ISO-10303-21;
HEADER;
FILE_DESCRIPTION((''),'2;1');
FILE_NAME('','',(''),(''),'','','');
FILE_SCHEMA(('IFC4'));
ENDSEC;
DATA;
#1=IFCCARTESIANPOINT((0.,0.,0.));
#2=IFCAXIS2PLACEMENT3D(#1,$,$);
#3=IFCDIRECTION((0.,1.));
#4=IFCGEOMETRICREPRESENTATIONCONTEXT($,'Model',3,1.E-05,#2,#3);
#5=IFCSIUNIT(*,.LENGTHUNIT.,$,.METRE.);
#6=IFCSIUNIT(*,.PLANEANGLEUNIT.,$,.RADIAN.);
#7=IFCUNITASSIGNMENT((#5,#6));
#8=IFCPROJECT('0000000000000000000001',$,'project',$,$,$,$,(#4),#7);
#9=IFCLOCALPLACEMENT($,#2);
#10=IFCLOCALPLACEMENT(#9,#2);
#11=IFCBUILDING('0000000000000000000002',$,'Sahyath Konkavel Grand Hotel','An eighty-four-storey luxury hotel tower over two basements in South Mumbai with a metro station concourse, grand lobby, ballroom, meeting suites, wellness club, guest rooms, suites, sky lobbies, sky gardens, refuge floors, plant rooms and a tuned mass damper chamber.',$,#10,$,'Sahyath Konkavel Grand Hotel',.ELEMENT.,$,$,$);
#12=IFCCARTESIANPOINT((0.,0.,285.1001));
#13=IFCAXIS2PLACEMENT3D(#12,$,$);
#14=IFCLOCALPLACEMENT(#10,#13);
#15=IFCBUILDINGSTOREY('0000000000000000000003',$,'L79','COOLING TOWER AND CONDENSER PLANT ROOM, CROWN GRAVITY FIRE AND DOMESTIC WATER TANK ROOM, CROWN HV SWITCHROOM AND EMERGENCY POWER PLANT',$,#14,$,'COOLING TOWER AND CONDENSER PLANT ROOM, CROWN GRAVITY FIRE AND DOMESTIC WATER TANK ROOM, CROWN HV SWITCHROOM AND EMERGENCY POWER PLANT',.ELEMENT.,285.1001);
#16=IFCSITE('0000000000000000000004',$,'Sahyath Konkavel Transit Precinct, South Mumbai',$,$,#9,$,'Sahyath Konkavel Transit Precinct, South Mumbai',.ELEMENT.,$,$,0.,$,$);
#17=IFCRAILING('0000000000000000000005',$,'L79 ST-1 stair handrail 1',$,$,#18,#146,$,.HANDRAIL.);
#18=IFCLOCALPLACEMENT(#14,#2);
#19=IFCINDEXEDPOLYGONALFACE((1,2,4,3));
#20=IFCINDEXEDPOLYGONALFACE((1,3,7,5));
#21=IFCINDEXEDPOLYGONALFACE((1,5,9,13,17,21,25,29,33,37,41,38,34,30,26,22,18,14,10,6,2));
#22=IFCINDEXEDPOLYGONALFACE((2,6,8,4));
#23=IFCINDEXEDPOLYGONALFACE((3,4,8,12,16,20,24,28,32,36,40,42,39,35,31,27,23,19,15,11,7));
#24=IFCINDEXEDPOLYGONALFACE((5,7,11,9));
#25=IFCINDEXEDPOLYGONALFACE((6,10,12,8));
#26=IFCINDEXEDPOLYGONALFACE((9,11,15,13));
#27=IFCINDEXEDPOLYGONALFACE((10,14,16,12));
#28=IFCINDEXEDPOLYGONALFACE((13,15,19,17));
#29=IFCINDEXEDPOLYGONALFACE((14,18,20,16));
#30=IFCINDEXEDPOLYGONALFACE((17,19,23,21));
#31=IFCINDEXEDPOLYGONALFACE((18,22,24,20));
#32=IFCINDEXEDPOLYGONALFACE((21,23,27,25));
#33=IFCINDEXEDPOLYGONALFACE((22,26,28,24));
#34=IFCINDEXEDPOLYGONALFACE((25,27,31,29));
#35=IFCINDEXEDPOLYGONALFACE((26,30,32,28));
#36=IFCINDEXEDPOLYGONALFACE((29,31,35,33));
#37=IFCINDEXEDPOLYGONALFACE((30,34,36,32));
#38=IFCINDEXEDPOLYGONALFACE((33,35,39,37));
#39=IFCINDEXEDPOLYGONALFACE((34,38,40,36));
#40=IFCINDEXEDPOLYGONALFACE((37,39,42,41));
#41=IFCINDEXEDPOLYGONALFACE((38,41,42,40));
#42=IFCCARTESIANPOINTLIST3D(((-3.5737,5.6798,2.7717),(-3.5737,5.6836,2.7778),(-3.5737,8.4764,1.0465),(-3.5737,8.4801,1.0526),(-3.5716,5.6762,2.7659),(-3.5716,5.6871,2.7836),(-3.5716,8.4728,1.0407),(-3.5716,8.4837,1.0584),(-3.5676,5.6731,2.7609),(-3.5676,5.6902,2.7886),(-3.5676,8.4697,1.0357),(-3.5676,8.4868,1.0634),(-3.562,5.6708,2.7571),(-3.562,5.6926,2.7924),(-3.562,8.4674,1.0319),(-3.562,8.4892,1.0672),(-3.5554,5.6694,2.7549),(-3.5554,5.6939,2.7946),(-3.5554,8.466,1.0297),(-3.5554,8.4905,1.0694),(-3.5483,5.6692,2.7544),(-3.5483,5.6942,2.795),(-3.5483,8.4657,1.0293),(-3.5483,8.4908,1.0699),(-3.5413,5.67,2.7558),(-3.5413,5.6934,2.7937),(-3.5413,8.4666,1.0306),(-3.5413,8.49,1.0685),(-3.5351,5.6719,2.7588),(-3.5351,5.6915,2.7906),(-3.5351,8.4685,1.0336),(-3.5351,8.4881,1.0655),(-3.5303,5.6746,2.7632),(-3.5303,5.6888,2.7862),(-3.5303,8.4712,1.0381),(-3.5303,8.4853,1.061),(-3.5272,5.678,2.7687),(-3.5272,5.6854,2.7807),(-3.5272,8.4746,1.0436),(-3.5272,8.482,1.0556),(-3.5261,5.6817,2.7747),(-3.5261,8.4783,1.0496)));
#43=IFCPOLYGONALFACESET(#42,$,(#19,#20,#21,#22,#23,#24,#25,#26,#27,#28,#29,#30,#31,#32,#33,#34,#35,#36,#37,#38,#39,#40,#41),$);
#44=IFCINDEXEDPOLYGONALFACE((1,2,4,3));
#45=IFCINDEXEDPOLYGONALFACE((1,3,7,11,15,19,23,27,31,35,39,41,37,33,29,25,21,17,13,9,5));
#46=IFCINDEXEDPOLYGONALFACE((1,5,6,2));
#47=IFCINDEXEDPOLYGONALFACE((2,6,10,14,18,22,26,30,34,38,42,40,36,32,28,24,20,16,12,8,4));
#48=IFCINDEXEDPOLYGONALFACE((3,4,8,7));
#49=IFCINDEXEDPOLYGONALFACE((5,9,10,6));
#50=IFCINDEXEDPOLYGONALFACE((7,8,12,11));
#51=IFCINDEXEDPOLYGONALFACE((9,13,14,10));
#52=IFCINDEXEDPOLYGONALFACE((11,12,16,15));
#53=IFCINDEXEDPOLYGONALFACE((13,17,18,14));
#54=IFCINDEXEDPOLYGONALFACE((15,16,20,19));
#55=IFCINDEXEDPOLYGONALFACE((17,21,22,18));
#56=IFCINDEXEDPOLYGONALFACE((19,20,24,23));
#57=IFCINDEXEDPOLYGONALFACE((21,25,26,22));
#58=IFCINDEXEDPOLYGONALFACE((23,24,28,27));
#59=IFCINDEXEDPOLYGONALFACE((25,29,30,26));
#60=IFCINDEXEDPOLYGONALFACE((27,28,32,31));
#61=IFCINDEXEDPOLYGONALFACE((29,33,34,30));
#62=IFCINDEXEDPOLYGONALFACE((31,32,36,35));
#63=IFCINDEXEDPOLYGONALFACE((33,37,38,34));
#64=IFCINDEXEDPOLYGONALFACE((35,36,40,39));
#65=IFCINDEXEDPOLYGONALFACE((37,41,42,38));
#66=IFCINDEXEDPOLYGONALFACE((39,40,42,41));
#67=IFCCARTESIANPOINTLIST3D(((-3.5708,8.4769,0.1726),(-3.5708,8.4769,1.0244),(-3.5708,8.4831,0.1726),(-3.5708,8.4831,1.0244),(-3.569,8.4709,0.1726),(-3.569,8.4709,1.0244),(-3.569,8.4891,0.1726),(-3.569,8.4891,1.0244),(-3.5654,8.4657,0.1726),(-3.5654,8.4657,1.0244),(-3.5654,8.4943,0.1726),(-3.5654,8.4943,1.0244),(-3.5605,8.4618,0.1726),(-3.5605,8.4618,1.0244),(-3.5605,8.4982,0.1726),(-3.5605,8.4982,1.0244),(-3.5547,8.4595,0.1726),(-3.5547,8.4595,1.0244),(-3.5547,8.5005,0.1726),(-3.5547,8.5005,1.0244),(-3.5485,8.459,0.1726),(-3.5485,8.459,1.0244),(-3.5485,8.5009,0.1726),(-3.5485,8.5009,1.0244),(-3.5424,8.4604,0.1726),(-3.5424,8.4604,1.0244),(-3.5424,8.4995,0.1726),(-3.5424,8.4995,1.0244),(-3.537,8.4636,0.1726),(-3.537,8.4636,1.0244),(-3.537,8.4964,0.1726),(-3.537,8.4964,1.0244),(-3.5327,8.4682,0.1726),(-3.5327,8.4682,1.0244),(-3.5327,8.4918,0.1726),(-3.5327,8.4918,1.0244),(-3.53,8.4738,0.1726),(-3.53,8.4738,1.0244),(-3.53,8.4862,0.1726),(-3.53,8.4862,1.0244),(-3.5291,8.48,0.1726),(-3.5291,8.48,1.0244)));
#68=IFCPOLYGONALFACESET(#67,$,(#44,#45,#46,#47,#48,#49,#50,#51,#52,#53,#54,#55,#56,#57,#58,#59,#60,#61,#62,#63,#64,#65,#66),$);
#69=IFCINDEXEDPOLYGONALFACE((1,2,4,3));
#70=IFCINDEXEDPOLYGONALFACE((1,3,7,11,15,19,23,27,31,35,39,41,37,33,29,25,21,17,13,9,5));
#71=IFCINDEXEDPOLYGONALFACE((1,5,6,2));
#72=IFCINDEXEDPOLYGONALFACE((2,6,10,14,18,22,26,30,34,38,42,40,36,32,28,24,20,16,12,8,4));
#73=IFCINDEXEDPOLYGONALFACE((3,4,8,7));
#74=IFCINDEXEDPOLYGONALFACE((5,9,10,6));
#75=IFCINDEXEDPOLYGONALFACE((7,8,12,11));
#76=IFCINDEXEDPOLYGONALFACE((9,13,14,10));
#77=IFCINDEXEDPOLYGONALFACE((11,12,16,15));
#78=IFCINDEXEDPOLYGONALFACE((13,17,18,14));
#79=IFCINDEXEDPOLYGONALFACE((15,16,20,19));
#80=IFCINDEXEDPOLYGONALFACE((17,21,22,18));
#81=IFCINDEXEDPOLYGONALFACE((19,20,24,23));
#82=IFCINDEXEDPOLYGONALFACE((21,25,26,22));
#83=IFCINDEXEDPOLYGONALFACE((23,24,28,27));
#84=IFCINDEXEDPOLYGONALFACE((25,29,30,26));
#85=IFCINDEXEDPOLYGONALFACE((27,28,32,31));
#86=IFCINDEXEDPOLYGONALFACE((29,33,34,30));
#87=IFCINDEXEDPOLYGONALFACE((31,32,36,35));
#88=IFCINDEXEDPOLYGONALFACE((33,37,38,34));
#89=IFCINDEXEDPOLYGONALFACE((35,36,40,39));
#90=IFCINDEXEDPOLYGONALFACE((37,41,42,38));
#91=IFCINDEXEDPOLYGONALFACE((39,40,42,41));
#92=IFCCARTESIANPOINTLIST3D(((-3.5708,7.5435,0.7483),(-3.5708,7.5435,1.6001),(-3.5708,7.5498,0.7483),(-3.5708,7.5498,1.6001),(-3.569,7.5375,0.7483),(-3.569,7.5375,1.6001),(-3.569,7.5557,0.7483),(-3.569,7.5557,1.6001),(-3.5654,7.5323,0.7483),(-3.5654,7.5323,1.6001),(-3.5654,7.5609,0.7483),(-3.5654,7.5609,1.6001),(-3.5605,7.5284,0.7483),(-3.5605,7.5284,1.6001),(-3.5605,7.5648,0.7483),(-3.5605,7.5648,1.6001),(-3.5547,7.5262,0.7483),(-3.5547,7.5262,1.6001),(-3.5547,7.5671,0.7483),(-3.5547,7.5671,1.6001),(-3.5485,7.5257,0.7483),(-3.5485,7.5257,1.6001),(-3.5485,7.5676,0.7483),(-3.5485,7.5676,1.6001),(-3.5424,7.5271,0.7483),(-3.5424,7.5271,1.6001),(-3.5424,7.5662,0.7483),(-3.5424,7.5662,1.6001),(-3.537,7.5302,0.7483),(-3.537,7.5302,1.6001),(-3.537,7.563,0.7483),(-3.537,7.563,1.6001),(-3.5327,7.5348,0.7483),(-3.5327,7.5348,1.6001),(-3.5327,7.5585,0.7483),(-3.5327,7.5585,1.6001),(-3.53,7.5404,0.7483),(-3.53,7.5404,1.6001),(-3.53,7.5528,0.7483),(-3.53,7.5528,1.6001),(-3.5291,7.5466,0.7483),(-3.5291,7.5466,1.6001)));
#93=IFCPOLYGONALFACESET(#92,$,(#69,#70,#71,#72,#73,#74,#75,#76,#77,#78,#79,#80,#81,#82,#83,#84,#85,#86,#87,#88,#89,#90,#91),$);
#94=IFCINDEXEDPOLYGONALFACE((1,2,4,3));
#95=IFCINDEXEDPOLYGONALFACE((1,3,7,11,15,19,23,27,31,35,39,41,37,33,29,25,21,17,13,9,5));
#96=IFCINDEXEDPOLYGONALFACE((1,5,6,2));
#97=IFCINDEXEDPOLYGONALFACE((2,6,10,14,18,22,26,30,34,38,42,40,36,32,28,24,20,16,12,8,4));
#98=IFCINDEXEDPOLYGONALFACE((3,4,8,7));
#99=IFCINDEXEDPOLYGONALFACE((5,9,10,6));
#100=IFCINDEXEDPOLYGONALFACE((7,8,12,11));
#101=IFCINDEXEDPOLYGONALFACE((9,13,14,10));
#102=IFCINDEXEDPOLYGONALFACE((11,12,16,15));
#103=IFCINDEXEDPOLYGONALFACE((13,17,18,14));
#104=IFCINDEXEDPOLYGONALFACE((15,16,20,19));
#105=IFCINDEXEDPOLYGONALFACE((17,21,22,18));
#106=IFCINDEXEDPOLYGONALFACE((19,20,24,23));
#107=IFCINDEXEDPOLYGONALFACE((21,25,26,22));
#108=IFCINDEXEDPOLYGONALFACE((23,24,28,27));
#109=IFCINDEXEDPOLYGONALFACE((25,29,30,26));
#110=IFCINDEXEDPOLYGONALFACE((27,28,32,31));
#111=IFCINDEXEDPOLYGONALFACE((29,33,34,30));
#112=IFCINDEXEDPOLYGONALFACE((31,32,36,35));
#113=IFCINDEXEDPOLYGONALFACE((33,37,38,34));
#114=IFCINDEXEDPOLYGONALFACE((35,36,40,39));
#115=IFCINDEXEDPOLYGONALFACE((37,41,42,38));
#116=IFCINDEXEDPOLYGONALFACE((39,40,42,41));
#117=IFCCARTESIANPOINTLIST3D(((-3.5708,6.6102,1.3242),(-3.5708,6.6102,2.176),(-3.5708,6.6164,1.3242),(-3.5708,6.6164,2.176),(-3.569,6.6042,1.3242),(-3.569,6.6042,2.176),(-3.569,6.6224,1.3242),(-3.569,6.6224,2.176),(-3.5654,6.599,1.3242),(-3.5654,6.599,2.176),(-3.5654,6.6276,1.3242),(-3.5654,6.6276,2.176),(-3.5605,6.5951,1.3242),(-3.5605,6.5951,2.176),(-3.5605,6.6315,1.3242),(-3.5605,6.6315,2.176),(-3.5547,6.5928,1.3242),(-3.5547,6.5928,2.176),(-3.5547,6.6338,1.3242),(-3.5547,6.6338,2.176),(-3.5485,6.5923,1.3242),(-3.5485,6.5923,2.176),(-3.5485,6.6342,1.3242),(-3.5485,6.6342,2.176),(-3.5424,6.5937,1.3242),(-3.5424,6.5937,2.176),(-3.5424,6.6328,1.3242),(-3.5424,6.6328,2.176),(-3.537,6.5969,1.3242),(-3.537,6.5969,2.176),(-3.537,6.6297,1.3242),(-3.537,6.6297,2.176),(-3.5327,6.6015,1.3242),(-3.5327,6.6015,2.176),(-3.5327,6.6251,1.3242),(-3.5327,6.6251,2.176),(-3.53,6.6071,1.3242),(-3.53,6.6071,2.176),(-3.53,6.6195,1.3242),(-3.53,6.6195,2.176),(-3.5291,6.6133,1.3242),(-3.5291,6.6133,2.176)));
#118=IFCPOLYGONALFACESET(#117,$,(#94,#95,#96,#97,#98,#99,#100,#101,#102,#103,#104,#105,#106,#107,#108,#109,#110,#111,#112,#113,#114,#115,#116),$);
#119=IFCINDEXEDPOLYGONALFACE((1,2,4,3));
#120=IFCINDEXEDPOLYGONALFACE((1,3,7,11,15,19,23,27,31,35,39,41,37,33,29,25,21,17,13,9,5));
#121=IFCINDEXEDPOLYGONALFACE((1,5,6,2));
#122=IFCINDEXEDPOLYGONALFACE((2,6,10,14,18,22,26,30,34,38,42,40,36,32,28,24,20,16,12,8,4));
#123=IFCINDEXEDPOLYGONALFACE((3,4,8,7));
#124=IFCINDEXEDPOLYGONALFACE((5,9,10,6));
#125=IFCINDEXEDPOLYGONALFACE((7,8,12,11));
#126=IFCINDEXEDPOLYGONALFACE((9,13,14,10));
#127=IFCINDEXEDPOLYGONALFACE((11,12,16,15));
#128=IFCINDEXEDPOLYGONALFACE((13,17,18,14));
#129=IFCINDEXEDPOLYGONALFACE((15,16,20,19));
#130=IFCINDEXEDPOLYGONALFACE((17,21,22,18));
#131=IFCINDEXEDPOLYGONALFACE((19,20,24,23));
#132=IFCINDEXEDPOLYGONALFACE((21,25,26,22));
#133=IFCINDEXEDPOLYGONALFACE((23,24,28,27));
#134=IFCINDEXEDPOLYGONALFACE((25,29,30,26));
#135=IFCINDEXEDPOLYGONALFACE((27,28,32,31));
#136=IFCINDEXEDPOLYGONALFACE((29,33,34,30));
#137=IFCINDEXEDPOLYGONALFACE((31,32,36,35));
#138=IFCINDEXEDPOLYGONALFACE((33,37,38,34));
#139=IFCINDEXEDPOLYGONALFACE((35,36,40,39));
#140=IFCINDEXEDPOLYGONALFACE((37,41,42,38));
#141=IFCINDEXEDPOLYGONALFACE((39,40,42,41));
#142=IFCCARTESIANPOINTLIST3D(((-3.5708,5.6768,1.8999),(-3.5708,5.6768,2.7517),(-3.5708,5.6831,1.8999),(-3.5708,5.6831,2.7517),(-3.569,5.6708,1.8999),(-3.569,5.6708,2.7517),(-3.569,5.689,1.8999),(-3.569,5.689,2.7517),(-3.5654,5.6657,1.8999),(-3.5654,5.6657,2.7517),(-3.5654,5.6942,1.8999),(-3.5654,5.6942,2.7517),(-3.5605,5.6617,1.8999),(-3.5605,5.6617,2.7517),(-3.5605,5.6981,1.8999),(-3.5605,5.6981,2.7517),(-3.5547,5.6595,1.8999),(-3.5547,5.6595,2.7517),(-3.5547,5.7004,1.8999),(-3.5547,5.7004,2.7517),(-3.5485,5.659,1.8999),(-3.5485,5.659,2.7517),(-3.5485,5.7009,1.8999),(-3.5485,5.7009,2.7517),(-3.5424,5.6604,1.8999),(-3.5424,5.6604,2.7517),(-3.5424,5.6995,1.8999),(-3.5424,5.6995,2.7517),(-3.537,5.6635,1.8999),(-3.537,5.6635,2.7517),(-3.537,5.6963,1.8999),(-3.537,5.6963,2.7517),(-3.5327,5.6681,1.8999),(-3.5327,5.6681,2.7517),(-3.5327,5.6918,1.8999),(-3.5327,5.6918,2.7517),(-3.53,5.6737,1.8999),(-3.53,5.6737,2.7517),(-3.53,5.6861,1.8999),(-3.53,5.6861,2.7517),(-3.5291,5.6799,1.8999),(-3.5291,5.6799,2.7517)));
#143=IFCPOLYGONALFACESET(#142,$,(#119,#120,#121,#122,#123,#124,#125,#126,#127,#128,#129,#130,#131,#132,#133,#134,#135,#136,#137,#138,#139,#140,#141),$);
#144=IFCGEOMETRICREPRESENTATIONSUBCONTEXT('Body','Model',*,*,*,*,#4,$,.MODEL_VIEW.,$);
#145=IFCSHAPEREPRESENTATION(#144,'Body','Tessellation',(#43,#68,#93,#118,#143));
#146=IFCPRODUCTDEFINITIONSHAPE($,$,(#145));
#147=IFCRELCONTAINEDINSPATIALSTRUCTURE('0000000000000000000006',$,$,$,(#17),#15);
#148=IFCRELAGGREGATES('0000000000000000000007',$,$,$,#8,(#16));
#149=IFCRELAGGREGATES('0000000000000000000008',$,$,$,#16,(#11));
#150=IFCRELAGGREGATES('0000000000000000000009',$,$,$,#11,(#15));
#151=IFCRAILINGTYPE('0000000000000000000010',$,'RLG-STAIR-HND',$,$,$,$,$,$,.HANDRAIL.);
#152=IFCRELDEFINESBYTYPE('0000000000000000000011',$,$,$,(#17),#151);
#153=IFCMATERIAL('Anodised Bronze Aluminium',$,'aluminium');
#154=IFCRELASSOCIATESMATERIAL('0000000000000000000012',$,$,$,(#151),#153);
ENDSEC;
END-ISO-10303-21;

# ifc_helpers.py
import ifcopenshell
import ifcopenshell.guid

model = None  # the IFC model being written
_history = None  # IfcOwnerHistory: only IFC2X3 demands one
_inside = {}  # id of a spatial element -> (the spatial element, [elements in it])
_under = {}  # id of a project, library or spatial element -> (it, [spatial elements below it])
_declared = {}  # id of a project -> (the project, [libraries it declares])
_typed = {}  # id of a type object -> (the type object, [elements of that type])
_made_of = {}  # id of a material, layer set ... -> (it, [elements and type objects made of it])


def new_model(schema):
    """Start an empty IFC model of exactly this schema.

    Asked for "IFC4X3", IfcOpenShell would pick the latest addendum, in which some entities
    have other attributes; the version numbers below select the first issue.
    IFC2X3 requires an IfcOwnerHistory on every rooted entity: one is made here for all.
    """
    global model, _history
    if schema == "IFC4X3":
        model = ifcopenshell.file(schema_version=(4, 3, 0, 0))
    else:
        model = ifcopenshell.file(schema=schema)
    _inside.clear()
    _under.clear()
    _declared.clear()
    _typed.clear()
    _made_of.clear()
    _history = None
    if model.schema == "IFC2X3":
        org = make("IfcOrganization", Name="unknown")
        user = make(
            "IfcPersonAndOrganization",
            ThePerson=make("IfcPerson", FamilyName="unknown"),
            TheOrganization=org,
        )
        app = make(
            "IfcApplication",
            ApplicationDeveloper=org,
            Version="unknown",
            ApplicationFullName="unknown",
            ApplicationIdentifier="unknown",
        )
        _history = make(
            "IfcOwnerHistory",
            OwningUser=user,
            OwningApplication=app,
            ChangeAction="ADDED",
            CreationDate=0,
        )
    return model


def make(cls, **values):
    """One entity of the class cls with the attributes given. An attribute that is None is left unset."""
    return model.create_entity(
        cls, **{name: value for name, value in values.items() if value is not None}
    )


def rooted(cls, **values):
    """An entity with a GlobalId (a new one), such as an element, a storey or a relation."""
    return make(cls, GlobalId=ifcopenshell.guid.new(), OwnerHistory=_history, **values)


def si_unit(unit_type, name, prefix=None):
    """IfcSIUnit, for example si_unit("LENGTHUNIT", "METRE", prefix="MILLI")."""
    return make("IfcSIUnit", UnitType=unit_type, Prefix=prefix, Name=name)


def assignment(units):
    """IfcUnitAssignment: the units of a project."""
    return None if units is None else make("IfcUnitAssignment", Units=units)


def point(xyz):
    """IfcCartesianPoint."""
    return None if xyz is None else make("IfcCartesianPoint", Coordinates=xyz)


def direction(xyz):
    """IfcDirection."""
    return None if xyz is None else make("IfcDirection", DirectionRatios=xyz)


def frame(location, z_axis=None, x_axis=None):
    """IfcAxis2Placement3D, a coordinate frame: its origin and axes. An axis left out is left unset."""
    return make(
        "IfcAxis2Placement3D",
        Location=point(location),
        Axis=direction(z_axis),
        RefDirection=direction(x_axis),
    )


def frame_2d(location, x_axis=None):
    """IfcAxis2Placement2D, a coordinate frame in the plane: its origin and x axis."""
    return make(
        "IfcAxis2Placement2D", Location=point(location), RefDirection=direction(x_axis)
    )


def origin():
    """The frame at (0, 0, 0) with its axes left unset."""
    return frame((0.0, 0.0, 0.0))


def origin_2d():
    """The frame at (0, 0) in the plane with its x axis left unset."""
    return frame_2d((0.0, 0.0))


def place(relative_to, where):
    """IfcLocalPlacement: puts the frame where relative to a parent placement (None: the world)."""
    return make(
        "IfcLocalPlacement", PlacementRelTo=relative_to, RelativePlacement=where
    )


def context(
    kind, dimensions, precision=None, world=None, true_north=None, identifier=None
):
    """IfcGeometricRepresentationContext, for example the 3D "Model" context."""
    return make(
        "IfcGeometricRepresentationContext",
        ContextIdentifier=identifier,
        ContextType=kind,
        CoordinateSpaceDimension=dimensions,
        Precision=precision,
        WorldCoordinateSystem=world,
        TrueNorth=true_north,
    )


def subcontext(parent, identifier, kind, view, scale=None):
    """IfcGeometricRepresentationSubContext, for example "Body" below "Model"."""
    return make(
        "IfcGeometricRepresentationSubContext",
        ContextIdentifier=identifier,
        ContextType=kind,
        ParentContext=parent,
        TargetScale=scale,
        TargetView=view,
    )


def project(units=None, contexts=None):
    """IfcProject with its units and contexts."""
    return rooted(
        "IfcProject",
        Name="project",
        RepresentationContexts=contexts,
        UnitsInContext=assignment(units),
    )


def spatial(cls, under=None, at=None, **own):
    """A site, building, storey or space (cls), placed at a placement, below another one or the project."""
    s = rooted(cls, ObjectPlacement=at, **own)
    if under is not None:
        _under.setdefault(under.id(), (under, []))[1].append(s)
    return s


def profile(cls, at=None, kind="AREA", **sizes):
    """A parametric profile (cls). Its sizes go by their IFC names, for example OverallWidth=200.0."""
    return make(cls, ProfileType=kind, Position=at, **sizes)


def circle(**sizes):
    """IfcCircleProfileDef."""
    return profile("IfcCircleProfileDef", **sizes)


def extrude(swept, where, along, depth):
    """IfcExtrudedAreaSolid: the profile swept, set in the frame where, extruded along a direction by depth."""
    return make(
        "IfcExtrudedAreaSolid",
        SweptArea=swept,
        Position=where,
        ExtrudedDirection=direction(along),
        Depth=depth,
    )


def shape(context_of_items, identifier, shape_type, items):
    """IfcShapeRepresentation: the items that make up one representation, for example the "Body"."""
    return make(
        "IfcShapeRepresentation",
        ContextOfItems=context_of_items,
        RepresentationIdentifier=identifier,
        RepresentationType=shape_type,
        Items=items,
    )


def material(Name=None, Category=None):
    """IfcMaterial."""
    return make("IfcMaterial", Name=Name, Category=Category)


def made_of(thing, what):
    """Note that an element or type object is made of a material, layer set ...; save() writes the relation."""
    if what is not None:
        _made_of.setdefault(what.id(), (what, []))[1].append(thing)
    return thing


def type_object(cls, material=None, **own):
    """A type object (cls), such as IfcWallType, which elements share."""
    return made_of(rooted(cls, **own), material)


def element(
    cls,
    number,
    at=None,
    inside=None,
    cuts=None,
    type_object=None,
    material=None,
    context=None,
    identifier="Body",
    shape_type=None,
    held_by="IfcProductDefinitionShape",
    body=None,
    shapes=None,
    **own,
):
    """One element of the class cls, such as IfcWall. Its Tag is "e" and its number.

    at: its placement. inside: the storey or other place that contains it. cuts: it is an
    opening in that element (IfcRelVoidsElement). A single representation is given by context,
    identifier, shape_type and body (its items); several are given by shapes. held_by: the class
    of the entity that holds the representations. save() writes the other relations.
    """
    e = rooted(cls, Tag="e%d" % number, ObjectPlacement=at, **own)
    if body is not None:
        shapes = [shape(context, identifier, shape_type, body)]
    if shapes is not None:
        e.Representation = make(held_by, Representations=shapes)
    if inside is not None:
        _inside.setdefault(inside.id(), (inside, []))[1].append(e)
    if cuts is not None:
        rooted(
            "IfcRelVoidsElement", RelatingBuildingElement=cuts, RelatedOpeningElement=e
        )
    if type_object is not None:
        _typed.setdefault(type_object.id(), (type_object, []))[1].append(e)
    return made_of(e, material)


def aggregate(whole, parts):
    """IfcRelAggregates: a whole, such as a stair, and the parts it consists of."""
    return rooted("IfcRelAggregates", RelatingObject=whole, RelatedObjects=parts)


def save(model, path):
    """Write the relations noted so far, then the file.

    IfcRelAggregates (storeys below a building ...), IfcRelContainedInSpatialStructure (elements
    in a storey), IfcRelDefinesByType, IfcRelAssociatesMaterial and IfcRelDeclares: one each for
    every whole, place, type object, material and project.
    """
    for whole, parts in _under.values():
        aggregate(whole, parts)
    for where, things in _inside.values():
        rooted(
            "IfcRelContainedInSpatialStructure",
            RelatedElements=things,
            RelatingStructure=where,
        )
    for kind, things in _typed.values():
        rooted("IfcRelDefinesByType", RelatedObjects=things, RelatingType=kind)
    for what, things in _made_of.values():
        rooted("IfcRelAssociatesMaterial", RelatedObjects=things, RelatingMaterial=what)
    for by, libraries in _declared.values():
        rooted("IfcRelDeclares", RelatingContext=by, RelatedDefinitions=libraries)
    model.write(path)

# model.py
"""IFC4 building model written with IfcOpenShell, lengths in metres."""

from ifc_helpers import new_model, si_unit, direction, frame, origin, origin_2d, place, context, subcontext, project, spatial, circle, extrude, material, type_object, element, save


model = new_model("IFC4")

# Units and contexts
model_context = context("Model", 3, precision=1e-05, world=origin(), true_north=direction((0.0, 1.0)))
body_context = subcontext(model_context, "Body", "Model", "MODEL_VIEW")
ifc_project = project(units=[si_unit("LENGTHUNIT", "METRE"), si_unit("PLANEANGLEUNIT", "RADIAN")], contexts=[model_context])

# Site, building, storey
site_placement = place(None, origin())
site = spatial("IfcSite", under=ifc_project, at=site_placement, Name="Sahyath Konkavel Transit Precinct, South Mumbai", LongName="Sahyath Konkavel Transit Precinct, South Mumbai", CompositionType="ELEMENT", RefElevation=0.0)
building_placement = place(site_placement, origin())
building = spatial("IfcBuilding", under=site, at=building_placement, Name="Sahyath Konkavel Grand Hotel", Description="An eighty-four-storey luxury hotel tower over two basements in South Mumbai with a metro station concourse, grand lobby, ballroom, meeting suites, wellness club, guest rooms, suites, sky lobbies, sky gardens, refuge floors, plant rooms and a tuned mass damper chamber.", LongName="Sahyath Konkavel Grand Hotel", CompositionType="ELEMENT")
storey_placement = place(building_placement, frame((0.0, 0.0, 285.1001)))
storey = spatial("IfcBuildingStorey", under=building, at=storey_placement, Name="L79", Description="COOLING TOWER AND CONDENSER PLANT ROOM, CROWN GRAVITY FIRE AND DOMESTIC WATER TANK ROOM, CROWN HV SWITCHROOM AND EMERGENCY POWER PLANT", LongName="COOLING TOWER AND CONDENSER PLANT ROOM, CROWN GRAVITY FIRE AND DOMESTIC WATER TANK ROOM, CROWN HV SWITCHROOM AND EMERGENCY POWER PLANT", CompositionType="ELEMENT", Elevation=285.1001)

# Railing
ifc_material_1 = material(Name="Anodised Bronze Aluminium", Category="aluminium")
railing_type_1 = type_object("IfcRailingType", Name="RLG-STAIR-HND", PredefinedType="HANDRAIL", material=ifc_material_1)
railing_1_placement = place(storey_placement, frame((-3.55, 8.48, 0.1726)))
element("IfcRailing", 1, at=railing_1_placement, inside=storey, type_object=railing_type_1, Name="L79 ST-1 stair handrail 1", PredefinedType="HANDRAIL", context=body_context, shape_type="SweptSolid", body=[
    extrude(circle(Radius=0.0239, at=origin_2d()), frame((0.0, -0.0017, 0.877), z_axis=(0.0, -0.85109, 0.52502), x_axis=(1.0, 0.0, 0.0)), (0.0, 0.0, 1.0), 3.2859),
    extrude(circle(Radius=0.021, at=origin_2d()), origin(), (0.0, 0.0, 1.0), 0.8518),
    extrude(circle(Radius=0.021, at=origin_2d()), frame((0.0, -0.9333, 0.5757)), (0.0, 0.0, 1.0), 0.8518),
    extrude(circle(Radius=0.021, at=origin_2d()), frame((0.0, -1.8667, 1.1516)), (0.0, 0.0, 1.0), 0.8518),
    extrude(circle(Radius=0.021, at=origin_2d()), frame((0.0, -2.8, 1.7273)), (0.0, 0.0, 1.0), 0.8518),
])

save(model, "model.ifc")
